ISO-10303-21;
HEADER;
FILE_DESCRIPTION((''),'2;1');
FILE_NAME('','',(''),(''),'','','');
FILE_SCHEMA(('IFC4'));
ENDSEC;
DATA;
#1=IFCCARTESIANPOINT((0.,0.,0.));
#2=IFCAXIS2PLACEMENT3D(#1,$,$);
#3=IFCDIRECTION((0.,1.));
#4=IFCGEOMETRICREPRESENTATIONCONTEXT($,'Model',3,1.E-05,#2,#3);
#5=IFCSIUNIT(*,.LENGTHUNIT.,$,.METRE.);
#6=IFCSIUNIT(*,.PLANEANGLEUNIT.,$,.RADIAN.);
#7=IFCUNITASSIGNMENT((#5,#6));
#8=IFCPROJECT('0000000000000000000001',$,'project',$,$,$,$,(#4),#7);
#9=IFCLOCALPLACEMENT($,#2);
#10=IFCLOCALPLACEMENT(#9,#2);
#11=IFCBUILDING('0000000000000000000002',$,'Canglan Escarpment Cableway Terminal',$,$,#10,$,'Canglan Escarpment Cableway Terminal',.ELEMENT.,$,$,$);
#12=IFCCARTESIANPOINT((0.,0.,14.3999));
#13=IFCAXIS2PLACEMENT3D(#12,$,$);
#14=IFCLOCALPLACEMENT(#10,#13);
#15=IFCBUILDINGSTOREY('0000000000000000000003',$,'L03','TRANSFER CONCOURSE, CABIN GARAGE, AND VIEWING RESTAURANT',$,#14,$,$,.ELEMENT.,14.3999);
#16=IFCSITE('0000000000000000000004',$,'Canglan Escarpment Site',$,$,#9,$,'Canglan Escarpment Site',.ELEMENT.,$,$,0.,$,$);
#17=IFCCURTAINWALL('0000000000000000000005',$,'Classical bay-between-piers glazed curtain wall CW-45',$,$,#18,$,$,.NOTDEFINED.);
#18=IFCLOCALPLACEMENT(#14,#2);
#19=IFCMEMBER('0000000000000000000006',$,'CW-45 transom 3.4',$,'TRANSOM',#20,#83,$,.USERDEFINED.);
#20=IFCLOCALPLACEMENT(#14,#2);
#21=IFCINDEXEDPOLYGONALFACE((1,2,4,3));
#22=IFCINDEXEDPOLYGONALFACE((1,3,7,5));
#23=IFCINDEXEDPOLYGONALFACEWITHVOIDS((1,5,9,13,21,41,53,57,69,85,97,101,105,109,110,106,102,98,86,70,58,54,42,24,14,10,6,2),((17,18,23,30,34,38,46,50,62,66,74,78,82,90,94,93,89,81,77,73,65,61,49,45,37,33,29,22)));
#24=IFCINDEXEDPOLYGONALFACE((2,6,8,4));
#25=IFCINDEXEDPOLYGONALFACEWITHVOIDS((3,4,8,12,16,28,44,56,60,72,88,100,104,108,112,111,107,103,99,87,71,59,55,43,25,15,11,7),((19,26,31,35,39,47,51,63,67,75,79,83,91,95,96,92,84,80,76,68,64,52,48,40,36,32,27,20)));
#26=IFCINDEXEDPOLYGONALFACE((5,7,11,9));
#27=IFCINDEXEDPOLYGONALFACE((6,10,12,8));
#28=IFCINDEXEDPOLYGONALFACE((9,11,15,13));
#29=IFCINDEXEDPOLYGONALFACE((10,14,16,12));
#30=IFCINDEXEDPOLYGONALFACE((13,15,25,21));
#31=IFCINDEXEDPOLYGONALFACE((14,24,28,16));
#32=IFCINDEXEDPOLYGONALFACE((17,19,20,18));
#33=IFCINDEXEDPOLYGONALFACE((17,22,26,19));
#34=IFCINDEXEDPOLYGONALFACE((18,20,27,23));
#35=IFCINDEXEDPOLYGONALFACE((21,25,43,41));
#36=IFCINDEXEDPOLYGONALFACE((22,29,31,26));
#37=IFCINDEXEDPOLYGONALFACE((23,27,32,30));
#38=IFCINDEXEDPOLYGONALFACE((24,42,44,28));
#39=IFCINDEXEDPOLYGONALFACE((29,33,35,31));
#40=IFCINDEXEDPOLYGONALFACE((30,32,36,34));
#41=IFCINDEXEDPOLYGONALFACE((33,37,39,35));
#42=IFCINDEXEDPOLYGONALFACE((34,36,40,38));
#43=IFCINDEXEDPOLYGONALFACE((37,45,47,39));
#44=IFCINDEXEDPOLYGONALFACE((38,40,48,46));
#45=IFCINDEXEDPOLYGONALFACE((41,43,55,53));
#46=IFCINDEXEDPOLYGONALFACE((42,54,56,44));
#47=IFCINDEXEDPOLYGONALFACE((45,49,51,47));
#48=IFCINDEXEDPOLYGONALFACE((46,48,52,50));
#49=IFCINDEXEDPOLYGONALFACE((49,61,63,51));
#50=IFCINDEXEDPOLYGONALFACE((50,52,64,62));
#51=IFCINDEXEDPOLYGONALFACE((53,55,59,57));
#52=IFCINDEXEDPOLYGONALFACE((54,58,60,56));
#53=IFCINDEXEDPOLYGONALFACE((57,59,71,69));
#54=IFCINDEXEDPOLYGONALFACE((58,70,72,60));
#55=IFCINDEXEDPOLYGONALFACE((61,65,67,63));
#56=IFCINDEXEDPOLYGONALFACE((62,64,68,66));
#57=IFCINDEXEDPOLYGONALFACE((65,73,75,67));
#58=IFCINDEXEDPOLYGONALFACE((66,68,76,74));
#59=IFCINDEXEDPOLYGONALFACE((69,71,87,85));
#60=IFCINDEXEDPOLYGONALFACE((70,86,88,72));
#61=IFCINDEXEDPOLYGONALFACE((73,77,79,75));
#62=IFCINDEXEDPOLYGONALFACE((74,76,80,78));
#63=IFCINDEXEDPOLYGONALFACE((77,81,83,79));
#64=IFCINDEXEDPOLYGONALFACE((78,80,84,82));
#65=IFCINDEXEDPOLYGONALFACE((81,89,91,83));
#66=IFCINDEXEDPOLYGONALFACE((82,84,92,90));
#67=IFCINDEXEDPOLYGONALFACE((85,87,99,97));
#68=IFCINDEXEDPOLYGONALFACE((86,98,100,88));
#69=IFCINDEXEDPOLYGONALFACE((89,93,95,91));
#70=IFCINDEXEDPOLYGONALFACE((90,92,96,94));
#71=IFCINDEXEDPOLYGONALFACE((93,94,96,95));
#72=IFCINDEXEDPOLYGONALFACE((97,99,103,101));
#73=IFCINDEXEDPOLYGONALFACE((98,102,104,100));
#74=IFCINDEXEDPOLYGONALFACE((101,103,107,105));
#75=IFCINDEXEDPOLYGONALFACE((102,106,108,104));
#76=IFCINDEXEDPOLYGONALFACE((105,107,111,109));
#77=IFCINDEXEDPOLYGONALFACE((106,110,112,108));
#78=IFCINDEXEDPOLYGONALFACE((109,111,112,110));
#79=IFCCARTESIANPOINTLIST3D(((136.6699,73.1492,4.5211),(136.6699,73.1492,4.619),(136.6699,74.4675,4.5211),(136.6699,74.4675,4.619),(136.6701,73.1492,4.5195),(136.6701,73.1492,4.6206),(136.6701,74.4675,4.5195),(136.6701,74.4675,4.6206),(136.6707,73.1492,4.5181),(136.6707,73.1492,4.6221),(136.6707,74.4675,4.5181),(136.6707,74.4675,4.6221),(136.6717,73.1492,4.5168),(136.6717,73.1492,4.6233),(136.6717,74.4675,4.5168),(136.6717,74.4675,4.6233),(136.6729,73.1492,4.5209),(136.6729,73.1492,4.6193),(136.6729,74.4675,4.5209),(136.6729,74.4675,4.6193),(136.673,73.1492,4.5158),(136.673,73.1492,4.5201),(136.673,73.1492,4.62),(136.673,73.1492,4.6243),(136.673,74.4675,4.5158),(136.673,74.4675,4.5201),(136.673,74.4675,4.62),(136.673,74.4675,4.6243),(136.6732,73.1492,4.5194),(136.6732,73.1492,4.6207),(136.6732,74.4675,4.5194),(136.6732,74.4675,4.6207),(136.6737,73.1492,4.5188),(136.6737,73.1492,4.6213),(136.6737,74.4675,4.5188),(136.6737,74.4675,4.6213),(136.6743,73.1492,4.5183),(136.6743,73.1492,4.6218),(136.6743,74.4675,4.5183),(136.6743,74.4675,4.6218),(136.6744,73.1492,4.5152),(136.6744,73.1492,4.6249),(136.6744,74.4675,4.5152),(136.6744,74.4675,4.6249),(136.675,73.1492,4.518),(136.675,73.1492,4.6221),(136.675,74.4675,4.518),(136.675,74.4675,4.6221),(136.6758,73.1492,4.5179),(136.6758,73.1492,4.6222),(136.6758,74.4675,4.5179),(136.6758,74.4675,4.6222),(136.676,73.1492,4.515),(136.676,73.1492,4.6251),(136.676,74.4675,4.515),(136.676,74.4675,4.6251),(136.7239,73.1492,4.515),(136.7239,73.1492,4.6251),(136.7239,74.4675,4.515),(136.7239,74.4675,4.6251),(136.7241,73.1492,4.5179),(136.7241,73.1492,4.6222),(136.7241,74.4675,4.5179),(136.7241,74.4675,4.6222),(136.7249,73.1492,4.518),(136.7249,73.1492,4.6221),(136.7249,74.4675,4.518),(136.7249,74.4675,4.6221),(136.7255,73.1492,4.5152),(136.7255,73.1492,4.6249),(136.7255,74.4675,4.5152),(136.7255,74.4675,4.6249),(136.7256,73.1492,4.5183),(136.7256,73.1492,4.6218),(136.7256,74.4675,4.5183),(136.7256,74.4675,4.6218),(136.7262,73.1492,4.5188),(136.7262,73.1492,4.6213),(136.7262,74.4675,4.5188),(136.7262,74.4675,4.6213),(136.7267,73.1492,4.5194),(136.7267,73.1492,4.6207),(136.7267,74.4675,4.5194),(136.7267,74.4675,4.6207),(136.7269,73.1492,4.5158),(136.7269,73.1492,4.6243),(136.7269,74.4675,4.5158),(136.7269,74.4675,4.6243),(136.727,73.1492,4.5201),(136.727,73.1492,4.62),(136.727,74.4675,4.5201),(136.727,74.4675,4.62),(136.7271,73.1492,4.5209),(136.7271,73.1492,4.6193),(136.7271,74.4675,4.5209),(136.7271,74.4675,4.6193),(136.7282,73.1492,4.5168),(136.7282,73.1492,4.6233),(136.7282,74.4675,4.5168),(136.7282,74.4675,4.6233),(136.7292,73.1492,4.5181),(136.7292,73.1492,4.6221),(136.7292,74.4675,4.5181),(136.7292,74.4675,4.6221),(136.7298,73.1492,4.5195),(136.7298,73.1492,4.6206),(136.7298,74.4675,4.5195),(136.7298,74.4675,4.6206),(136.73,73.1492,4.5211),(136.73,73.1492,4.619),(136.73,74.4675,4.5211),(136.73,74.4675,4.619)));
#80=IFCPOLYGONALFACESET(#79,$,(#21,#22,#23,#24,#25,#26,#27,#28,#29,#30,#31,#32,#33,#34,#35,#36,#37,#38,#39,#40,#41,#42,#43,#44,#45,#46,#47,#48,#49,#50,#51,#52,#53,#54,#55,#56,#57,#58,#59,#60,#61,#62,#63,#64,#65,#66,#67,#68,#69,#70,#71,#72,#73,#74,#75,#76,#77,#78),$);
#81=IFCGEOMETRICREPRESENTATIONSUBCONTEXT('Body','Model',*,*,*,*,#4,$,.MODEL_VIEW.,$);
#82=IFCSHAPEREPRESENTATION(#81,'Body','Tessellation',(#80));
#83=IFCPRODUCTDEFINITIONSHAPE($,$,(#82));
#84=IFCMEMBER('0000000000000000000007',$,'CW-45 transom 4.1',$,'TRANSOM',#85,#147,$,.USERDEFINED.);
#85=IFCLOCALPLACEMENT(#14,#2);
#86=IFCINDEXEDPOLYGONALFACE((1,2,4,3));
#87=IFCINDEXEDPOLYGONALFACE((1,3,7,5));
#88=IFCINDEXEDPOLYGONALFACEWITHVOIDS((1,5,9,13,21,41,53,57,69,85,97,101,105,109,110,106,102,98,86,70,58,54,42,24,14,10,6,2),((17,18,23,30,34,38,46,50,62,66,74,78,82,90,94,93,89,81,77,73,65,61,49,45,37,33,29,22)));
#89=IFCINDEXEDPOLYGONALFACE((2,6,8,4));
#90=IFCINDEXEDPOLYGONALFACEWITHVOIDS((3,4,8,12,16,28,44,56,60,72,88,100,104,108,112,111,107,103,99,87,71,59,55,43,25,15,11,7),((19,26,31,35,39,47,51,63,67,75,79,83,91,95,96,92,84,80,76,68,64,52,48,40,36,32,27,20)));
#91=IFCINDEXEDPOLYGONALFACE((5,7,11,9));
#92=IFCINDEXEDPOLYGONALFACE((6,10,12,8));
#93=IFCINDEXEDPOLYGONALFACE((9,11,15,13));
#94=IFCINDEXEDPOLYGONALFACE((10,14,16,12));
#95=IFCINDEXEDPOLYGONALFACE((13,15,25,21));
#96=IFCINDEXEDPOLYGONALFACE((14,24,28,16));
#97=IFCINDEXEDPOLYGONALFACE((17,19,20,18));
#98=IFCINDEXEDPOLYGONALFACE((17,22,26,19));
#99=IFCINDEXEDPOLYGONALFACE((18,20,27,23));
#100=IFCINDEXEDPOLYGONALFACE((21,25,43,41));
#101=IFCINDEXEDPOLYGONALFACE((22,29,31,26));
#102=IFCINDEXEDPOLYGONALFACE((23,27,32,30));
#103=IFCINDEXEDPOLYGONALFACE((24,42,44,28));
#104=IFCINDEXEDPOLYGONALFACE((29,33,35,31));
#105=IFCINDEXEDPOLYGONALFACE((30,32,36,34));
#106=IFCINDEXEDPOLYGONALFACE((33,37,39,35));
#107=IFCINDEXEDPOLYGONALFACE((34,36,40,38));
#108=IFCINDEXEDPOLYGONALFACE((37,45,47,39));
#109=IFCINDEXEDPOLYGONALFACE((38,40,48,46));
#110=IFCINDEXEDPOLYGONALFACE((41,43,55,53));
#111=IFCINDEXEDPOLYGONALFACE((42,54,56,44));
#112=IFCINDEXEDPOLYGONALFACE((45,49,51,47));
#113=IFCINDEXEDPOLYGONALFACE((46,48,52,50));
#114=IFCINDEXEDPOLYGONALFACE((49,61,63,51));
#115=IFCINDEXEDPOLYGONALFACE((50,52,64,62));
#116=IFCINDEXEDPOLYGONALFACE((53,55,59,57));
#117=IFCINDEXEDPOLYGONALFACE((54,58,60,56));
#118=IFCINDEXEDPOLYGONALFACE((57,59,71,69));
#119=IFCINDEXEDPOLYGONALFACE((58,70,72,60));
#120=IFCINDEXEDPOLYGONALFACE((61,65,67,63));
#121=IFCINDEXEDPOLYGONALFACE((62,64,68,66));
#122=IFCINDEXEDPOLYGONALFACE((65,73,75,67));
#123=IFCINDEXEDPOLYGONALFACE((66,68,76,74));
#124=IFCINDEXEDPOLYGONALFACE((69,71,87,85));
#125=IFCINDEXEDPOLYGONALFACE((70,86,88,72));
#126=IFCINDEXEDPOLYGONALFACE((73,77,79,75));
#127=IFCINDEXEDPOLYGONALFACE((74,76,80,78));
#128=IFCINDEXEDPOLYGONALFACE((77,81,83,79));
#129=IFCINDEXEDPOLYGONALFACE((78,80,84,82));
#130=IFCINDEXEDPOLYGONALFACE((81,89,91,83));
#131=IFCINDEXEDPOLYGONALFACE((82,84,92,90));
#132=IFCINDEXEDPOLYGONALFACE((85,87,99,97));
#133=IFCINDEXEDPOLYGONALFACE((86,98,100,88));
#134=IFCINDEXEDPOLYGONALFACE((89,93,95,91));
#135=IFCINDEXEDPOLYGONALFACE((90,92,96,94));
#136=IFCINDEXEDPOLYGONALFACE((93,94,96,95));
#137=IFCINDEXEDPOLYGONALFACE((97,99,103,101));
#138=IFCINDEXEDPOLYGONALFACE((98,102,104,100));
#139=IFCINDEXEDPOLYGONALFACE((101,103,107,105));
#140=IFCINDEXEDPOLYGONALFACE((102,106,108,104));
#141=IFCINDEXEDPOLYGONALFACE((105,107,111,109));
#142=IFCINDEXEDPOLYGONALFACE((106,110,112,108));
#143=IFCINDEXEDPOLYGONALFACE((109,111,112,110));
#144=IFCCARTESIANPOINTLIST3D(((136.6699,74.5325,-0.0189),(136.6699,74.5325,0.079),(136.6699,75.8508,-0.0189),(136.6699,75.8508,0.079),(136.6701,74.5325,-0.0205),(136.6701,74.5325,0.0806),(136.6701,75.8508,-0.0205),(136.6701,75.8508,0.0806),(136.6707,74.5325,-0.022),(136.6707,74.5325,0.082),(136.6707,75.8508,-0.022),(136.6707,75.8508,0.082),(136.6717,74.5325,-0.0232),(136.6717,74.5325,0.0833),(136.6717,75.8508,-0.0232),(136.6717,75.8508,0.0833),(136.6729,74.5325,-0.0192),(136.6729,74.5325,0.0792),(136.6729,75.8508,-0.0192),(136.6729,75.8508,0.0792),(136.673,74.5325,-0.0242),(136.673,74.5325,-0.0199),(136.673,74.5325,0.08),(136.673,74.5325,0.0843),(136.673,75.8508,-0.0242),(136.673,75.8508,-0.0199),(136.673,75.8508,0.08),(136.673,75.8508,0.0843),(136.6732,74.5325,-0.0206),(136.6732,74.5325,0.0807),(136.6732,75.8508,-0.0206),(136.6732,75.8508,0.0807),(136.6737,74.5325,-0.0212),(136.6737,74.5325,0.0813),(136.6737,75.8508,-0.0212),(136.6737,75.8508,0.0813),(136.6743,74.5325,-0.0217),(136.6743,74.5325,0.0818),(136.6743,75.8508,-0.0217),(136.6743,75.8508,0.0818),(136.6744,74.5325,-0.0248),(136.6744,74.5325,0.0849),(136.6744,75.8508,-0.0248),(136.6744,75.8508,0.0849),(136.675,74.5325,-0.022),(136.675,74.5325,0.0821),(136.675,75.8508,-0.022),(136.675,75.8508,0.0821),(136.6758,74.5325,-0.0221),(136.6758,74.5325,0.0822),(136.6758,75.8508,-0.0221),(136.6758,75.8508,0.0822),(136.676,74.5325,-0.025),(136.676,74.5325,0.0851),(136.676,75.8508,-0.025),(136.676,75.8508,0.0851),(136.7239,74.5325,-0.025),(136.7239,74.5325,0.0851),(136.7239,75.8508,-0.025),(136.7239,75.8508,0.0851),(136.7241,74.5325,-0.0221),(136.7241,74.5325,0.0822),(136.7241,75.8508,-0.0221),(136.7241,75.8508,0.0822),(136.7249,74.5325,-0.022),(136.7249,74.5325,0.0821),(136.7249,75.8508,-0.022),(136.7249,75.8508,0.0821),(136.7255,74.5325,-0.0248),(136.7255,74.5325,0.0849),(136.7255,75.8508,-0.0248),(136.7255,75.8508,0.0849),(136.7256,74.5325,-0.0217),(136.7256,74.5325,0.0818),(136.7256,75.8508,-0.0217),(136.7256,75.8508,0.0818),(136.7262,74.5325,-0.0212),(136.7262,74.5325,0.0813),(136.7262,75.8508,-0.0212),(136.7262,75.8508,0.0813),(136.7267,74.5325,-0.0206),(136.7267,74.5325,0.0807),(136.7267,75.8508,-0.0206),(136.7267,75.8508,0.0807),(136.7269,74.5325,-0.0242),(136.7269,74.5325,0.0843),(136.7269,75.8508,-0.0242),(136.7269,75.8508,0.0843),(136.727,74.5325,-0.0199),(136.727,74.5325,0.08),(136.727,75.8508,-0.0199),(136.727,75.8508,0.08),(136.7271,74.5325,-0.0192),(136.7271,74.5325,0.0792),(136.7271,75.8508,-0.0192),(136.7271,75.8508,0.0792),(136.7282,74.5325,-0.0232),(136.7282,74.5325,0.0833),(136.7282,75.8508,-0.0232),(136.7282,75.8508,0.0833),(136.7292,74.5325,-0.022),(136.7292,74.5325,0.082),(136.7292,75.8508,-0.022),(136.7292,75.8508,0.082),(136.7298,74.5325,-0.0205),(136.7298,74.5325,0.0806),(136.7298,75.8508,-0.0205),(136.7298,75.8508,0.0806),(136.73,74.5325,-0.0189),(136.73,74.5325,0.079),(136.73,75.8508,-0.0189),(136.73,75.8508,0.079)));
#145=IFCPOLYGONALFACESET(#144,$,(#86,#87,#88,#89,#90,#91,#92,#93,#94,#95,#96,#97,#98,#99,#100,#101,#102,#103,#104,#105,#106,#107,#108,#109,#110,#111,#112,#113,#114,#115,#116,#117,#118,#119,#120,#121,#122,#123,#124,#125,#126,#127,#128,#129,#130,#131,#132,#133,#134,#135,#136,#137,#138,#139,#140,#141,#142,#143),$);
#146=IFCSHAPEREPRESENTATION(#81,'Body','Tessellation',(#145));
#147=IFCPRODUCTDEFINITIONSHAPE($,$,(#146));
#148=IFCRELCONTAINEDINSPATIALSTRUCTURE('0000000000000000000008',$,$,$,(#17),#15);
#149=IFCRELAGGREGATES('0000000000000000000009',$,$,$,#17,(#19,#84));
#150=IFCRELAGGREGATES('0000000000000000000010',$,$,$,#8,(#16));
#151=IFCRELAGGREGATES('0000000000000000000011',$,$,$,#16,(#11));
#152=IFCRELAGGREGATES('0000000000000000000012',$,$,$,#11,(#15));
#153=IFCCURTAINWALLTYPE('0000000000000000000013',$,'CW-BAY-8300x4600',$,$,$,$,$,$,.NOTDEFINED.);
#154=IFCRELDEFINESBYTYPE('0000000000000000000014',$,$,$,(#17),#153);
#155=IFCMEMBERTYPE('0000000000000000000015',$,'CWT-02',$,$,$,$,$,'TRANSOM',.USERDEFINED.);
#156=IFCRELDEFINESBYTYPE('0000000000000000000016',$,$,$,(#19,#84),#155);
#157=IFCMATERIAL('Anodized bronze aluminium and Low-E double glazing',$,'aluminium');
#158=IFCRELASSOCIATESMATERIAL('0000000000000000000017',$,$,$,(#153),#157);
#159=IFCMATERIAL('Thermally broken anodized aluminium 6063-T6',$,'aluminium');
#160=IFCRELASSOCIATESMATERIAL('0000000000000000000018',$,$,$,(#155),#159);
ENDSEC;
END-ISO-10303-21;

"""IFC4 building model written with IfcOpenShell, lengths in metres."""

from ifc_helpers import new_model, si_unit, direction, frame, origin, origin_2d, place, context, subcontext, project, spatial, hollow_rectangle, extrude, material, material_profile, profile_set, type_object, element, aggregate, save


model = new_model("IFC4")

# Units and contexts
model_context = context("Model", 3, precision=1e-05, world=origin(), true_north=direction((0.0, 1.0)))
body_context = subcontext(model_context, "Body", "Model", "MODEL_VIEW")
ifc_project = project(units=[si_unit("LENGTHUNIT", "METRE"), si_unit("PLANEANGLEUNIT", "RADIAN")], contexts=[model_context])

# Site, building, storey
site_placement = place(None, origin())
site = spatial("IfcSite", under=ifc_project, at=site_placement, Name="Canglan Escarpment Site", LongName="Canglan Escarpment Site", CompositionType="ELEMENT", RefElevation=0.0)
building_placement = place(site_placement, origin())
building = spatial("IfcBuilding", under=site, at=building_placement, Name="Canglan Escarpment Cableway Terminal", LongName="Canglan Escarpment Cableway Terminal", CompositionType="ELEMENT")
storey_placement = place(building_placement, frame((0.0, 0.0, 14.3999)))
storey = spatial("IfcBuildingStorey", under=building, at=storey_placement, Name="L03", Description="TRANSFER CONCOURSE, CABIN GARAGE, AND VIEWING RESTAURANT", CompositionType="ELEMENT", Elevation=14.3999)

# Curtain wall, members
ifc_material_1 = material(Name="Anodized bronze aluminium and Low-E double glazing", Category="aluminium")
curtain_wall_type = type_object("IfcCurtainWallType", Name="CW-BAY-8300x4600", PredefinedType="NOTDEFINED", material=ifc_material_1)
curtain_wall_placement = place(storey_placement, origin())
curtain_wall = element("IfcCurtainWall", 1, at=curtain_wall_placement, inside=storey, type_object=curtain_wall_type, Name="Classical bay-between-piers glazed curtain wall CW-45", PredefinedType="NOTDEFINED")
ifc_material_2 = material(Name="Thermally broken anodized aluminium 6063-T6", Category="aluminium")
ifc_material_profile_1 = material_profile(ifc_material_2, hollow_rectangle(XDim=0.0601, YDim=0.1101, WallThickness=0.0029, InnerFilletRadius=0.0029, OuterFilletRadius=0.0061, at=origin_2d()), Name="ALU-TRAN 60x110x3")
ifc_profile_set_1 = profile_set([ifc_material_profile_1], Name="Thermally broken anodized aluminium 6063-T6")
member_type_1 = type_object("IfcMemberType", Name="CWT-02", ElementType="TRANSOM", PredefinedType="USERDEFINED", material=ifc_profile_set_1)
member_1_placement = place(storey_placement, frame((136.7, 73.1492, 4.5701), z_axis=(0.0, 1.0, 0.0), x_axis=(-1.0, 0.0, 0.0)))
member_1 = element("IfcMember", 2, at=member_1_placement, type_object=member_type_1, Name="CW-45 transom 3.4", ObjectType="TRANSOM", PredefinedType="USERDEFINED", context=body_context, shape_type="SweptSolid", body=[
    extrude(hollow_rectangle(XDim=0.0601, YDim=0.1101, WallThickness=0.0029, InnerFilletRadius=0.0029, OuterFilletRadius=0.0061, at=origin_2d()), origin(), (0.0, 0.0, 1.0), 1.3184),
])
member_2_placement = place(storey_placement, frame((136.7, 74.5325, 0.03), z_axis=(0.0, 1.0, 0.0), x_axis=(-1.0, 0.0, 0.0)))
member_2 = element("IfcMember", 3, at=member_2_placement, type_object=member_type_1, Name="CW-45 transom 4.1", ObjectType="TRANSOM", PredefinedType="USERDEFINED", context=body_context, shape_type="SweptSolid", body=[
    extrude(hollow_rectangle(XDim=0.0601, YDim=0.1101, WallThickness=0.0029, InnerFilletRadius=0.0029, OuterFilletRadius=0.0061, at=origin_2d()), origin(), (0.0, 0.0, 1.0), 1.3184),
])
aggregate(curtain_wall, [member_1, member_2])

save(model, "model.ifc")
